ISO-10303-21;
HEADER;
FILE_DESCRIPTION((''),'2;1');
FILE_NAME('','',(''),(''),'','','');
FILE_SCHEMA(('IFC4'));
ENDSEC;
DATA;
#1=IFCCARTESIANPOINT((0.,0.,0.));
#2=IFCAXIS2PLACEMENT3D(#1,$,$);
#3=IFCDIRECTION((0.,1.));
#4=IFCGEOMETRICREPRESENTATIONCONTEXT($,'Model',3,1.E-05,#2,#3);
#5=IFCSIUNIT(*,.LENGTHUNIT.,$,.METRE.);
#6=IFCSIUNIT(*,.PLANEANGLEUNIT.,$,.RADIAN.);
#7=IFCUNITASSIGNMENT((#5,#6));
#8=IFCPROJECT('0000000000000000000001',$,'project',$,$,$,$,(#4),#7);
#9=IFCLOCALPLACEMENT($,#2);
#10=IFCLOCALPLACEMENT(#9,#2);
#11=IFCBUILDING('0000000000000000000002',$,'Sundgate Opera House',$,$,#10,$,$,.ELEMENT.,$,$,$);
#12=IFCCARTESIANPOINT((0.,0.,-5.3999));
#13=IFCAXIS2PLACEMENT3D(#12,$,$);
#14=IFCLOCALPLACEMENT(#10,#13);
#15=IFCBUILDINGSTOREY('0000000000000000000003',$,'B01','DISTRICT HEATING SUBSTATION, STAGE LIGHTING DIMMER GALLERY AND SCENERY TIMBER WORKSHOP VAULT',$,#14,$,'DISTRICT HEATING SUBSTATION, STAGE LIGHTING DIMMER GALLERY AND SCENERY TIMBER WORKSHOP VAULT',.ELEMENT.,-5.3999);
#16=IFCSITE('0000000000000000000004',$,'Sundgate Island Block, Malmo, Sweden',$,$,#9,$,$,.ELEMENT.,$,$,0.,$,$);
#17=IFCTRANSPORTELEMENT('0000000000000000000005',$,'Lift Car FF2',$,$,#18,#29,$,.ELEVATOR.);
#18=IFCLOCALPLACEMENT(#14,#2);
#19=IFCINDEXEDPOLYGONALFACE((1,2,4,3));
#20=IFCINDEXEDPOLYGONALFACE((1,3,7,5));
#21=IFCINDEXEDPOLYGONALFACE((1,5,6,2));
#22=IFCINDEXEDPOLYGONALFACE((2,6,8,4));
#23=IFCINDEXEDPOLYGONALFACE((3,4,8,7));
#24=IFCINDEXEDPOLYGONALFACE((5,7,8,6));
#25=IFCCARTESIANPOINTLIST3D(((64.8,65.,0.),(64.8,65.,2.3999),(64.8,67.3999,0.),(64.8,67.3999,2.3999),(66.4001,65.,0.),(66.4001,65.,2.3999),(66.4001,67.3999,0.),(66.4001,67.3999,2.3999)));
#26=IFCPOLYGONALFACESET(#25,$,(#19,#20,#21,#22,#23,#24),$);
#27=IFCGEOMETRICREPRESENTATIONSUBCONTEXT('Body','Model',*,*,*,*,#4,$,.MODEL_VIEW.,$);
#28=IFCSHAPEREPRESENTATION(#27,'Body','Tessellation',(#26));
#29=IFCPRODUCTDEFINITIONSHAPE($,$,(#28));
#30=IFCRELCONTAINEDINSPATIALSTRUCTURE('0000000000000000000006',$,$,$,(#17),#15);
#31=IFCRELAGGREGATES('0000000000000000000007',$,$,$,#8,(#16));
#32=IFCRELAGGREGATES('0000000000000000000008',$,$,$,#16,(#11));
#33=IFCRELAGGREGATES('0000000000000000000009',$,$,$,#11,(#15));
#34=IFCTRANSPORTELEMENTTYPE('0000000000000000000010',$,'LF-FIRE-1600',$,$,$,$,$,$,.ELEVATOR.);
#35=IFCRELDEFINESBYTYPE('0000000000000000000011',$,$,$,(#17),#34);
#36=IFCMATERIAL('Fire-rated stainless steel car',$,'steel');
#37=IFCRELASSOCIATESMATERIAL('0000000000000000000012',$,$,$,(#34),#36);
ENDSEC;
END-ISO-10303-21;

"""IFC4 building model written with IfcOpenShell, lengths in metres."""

from ifc_helpers import new_model, si_unit, direction, frame, origin, origin_2d, place, context, subcontext, project, spatial, rectangle, extrude, material, type_object, element, save


model = new_model("IFC4")

# Units and contexts
model_context = context("Model", 3, precision=1e-05, world=origin(), true_north=direction((0.0, 1.0)))
body_context = subcontext(model_context, "Body", "Model", "MODEL_VIEW")
ifc_project = project(units=[si_unit("LENGTHUNIT", "METRE"), si_unit("PLANEANGLEUNIT", "RADIAN")], contexts=[model_context])

# Site, building, storey
site_placement = place(None, origin())
site = spatial("IfcSite", under=ifc_project, at=site_placement, Name="Sundgate Island Block, Malmo, Sweden", CompositionType="ELEMENT", RefElevation=0.0)
building_placement = place(site_placement, origin())
building = spatial("IfcBuilding", under=site, at=building_placement, Name="Sundgate Opera House", CompositionType="ELEMENT")
storey_placement = place(building_placement, frame((0.0, 0.0, -5.3999)))
storey = spatial("IfcBuildingStorey", under=building, at=storey_placement, Name="B01", Description="DISTRICT HEATING SUBSTATION, STAGE LIGHTING DIMMER GALLERY AND SCENERY TIMBER WORKSHOP VAULT", LongName="DISTRICT HEATING SUBSTATION, STAGE LIGHTING DIMMER GALLERY AND SCENERY TIMBER WORKSHOP VAULT", CompositionType="ELEMENT", Elevation=-5.3999)

# Transport element
ifc_material_1 = material(Name="Fire-rated stainless steel car", Category="steel")
transport_element_type = type_object("IfcTransportElementType", Name="LF-FIRE-1600", PredefinedType="ELEVATOR", material=ifc_material_1)
transport_element_placement = place(storey_placement, frame((65.6001, 66.2, 0.0), z_axis=(0.0, 0.0, 1.0), x_axis=(1.0, 0.0, 0.0)))
element("IfcTransportElement", 1, at=transport_element_placement, inside=storey, type_object=transport_element_type, Name="Lift Car FF2", PredefinedType="ELEVATOR", context=body_context, shape_type="SweptSolid", body=[
    extrude(rectangle(XDim=1.6001, YDim=2.3999, at=origin_2d()), origin(), (0.0, 0.0, 1.0), 2.3999),
])

save(model, "model.ifc")
